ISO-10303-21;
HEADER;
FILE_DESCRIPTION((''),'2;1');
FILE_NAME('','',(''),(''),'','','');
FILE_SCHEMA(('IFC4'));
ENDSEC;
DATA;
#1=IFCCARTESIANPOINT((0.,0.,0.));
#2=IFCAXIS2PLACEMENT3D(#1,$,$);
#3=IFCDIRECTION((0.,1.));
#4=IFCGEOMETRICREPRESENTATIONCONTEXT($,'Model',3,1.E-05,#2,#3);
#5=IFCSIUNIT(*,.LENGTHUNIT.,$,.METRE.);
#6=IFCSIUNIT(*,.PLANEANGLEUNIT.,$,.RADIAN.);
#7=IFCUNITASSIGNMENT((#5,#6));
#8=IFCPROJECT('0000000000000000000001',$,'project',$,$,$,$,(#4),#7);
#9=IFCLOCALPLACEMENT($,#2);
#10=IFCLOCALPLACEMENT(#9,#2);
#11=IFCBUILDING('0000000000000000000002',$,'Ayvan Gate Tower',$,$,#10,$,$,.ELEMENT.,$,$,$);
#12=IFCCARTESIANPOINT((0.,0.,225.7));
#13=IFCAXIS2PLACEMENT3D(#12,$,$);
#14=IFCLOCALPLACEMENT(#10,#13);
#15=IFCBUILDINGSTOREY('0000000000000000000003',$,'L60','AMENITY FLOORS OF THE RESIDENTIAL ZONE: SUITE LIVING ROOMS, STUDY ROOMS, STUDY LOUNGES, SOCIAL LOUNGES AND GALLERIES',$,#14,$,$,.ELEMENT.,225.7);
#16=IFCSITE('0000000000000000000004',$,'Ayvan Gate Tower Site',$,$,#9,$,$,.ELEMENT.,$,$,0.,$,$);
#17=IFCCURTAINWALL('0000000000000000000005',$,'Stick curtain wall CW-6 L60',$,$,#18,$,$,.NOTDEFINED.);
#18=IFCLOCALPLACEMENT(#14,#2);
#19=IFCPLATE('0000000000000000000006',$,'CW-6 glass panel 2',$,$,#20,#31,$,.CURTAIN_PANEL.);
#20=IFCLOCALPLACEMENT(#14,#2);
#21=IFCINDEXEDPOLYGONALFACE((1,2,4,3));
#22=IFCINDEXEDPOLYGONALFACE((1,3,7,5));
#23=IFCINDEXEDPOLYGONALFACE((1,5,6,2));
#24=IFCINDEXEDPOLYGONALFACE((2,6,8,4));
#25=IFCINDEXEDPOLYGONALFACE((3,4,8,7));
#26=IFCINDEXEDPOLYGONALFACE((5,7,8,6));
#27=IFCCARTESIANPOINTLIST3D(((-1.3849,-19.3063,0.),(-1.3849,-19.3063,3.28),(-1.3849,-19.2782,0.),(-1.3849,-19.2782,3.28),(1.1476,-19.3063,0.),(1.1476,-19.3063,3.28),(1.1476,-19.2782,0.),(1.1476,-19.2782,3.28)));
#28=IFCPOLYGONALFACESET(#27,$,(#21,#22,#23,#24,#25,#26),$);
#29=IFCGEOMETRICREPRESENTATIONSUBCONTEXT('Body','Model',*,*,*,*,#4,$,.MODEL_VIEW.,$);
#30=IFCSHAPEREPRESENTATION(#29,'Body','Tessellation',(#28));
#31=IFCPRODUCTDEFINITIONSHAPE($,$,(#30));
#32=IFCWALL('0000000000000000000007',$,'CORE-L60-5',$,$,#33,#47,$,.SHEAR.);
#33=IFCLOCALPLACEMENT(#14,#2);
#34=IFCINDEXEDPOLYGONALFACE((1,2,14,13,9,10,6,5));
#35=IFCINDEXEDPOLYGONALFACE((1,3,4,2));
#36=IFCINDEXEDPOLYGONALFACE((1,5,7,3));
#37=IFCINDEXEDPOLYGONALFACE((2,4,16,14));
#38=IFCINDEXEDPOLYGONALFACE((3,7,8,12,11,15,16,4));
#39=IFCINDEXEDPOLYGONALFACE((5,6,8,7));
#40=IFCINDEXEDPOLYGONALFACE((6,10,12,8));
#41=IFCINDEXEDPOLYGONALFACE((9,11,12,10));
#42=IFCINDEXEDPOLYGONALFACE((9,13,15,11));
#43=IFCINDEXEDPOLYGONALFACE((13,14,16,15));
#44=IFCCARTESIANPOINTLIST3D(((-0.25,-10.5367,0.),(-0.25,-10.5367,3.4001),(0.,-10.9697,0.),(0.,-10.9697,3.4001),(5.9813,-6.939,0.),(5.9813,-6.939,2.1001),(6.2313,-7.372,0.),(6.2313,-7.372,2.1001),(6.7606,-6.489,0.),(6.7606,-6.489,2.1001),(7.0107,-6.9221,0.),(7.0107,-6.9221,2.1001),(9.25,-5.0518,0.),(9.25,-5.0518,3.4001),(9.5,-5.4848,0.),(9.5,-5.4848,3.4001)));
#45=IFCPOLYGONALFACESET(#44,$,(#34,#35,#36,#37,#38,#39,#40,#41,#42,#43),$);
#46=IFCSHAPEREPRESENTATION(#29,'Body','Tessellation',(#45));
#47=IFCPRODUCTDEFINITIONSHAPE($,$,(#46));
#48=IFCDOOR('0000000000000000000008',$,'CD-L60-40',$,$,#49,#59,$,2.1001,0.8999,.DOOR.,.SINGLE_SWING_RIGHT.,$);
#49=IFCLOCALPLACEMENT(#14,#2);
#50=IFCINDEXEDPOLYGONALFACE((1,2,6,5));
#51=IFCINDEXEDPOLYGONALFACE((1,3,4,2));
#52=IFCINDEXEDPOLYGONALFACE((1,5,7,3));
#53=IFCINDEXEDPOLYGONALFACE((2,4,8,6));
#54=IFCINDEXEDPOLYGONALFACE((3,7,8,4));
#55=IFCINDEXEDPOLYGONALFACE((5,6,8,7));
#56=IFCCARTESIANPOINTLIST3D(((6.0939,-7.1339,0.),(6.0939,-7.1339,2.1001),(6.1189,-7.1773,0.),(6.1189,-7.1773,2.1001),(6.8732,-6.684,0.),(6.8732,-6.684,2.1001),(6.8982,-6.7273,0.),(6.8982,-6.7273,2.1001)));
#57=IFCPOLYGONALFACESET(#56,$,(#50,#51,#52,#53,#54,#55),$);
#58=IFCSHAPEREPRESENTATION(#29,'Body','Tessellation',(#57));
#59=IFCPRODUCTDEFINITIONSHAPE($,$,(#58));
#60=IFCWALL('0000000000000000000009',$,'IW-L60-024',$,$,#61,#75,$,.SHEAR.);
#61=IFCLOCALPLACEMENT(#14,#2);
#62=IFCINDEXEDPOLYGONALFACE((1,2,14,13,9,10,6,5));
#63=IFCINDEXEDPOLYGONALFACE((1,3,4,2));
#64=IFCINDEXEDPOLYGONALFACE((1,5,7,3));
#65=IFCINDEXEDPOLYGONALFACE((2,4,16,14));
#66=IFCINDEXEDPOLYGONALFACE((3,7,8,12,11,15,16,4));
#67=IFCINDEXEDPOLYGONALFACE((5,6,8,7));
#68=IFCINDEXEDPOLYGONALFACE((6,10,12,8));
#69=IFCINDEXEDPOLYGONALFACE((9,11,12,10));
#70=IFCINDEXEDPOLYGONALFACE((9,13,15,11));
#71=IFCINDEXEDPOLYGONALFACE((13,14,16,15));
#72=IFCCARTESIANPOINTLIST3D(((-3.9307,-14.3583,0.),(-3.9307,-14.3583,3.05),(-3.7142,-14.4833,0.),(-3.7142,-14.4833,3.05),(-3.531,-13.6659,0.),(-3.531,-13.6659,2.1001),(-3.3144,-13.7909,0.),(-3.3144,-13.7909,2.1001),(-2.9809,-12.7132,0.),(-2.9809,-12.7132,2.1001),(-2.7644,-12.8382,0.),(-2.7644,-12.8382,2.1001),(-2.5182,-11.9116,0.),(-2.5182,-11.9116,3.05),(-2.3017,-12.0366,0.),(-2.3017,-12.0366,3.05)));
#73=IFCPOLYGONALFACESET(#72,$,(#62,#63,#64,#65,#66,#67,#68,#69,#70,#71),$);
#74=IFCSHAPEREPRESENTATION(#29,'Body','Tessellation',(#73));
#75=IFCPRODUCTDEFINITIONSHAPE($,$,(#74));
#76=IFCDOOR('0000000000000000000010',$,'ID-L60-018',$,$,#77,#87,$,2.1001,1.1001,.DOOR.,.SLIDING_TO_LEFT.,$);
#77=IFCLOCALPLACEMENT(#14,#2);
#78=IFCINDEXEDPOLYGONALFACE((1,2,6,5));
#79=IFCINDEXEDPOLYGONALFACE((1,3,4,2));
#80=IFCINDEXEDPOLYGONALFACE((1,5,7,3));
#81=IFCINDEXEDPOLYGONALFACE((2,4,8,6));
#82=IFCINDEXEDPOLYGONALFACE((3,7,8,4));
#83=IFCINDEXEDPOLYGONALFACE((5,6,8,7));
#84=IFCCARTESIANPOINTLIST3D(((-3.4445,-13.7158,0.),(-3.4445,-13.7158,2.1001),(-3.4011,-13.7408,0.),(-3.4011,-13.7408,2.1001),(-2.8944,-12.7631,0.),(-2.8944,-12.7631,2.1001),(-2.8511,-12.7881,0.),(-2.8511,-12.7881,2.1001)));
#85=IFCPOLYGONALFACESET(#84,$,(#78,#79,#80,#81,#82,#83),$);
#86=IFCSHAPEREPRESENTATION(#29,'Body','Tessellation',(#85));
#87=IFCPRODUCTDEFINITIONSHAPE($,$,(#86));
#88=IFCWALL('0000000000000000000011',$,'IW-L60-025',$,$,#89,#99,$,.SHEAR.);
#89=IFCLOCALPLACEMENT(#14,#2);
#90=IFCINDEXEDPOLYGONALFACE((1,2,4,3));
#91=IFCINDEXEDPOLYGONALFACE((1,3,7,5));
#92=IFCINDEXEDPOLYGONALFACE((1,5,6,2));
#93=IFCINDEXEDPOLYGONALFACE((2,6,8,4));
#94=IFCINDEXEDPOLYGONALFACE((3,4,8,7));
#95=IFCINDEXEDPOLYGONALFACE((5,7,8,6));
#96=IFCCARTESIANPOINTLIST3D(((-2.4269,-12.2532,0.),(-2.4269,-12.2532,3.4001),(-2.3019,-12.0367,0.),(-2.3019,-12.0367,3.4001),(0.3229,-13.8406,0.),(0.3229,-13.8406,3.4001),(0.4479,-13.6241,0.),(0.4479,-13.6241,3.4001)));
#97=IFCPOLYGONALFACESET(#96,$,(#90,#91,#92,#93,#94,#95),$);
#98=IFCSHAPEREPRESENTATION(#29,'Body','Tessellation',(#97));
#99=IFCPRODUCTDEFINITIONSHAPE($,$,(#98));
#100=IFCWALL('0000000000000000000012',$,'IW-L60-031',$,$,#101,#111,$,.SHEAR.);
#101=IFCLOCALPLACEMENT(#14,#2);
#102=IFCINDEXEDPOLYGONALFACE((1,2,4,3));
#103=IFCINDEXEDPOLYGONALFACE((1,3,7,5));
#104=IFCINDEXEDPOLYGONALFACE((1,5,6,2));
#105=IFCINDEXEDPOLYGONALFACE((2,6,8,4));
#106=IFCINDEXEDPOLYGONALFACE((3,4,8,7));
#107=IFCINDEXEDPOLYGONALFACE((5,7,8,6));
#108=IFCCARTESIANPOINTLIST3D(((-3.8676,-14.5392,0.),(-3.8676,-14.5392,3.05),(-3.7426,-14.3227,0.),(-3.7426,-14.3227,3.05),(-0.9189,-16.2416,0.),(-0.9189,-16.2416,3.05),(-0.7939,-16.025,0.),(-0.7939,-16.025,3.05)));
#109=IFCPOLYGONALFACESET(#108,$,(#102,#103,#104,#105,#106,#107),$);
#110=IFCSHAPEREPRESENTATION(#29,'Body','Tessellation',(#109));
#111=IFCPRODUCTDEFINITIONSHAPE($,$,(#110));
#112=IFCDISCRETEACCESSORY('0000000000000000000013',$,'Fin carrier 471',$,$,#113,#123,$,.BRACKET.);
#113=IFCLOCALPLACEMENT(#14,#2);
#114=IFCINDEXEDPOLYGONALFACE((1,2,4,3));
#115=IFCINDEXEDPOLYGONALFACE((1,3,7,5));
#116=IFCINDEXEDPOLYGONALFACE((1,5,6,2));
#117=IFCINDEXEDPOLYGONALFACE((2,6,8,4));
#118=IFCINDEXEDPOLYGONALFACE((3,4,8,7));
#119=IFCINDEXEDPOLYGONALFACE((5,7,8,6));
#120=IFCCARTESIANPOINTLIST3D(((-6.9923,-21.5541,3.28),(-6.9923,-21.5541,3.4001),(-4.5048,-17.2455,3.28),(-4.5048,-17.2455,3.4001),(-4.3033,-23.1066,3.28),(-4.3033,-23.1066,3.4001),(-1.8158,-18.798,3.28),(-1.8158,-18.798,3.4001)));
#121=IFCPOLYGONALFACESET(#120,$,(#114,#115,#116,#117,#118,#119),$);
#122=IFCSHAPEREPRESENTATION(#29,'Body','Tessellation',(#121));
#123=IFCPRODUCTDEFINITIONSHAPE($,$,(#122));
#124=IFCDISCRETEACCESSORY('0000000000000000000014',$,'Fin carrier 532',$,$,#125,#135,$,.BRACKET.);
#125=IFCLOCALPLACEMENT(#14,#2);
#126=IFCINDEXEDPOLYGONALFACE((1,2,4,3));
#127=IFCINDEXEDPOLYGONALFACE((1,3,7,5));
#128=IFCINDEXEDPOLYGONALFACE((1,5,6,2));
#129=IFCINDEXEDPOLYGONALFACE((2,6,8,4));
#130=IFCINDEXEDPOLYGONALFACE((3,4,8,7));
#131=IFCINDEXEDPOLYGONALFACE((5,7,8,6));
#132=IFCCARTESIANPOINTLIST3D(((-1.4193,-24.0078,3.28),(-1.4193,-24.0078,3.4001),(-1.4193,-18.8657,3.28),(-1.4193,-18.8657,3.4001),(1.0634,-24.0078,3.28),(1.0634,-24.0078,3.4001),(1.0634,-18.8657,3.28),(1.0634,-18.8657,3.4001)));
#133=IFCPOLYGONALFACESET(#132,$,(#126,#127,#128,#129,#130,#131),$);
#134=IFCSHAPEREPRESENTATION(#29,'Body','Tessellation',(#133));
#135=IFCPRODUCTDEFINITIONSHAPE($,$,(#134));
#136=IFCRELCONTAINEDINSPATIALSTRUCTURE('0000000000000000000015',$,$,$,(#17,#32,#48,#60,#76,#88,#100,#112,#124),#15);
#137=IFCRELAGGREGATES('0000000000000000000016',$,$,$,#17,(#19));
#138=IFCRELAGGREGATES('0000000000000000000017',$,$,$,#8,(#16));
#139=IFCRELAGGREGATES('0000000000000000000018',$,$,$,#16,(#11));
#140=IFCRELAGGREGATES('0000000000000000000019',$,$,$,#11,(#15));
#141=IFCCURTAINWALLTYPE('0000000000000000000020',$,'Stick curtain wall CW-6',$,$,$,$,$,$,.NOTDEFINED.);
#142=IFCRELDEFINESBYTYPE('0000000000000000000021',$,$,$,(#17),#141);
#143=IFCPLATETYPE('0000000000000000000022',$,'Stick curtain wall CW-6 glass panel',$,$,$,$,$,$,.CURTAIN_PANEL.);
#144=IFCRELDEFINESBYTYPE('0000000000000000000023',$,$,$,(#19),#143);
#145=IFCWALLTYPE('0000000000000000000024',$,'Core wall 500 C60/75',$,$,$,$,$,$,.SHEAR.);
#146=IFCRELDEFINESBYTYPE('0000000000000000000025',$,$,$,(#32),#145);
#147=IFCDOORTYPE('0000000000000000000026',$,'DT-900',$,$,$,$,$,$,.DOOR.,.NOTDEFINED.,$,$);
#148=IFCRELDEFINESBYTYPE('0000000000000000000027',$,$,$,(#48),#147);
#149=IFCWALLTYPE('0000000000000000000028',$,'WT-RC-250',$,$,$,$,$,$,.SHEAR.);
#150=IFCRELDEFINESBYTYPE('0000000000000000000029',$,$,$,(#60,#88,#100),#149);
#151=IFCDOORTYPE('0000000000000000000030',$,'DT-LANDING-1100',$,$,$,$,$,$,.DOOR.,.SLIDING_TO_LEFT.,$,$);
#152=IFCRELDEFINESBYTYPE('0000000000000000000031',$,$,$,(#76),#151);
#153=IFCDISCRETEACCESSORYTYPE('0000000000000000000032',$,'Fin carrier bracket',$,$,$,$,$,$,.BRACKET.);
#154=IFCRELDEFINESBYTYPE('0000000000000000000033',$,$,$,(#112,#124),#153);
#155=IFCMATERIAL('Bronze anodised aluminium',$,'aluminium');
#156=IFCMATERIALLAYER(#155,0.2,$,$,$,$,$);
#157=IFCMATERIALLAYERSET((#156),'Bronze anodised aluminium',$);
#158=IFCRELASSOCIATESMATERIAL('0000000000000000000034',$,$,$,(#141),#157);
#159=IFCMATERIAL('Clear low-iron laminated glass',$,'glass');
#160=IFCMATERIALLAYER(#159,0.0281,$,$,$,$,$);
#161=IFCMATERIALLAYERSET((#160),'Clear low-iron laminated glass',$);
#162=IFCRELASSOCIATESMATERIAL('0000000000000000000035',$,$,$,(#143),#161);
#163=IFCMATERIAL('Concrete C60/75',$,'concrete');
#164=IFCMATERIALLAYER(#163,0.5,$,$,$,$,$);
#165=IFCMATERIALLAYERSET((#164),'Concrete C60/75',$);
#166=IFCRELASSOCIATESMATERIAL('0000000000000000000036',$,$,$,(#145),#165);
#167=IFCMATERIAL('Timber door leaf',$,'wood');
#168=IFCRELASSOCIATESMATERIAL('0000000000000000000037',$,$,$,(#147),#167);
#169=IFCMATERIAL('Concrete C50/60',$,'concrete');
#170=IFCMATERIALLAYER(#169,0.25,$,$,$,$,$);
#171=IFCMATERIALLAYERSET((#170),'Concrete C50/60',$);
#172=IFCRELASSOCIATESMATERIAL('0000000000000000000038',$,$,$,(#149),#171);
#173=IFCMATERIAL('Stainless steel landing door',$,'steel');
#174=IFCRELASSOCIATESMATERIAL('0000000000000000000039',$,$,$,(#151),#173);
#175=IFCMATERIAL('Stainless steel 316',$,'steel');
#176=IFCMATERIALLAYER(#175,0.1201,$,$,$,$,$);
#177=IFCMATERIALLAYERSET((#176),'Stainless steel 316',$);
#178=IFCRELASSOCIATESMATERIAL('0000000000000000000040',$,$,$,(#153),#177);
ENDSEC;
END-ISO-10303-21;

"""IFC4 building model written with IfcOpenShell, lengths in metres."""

from ifc_helpers import new_model, si_unit, direction, frame, frame_2d, origin, origin_2d, place, context, subcontext, project, spatial, rectangle, extrude, material, layer, layer_set, type_object, element, fill, aggregate, save


model = new_model("IFC4")

# Units and contexts
model_context = context("Model", 3, precision=1e-05, world=origin(), true_north=direction((0.0, 1.0)))
body_context = subcontext(model_context, "Body", "Model", "MODEL_VIEW")
ifc_project = project(units=[si_unit("LENGTHUNIT", "METRE"), si_unit("PLANEANGLEUNIT", "RADIAN")], contexts=[model_context])

# Site, building, storey
site_placement = place(None, origin())
site = spatial("IfcSite", under=ifc_project, at=site_placement, Name="Ayvan Gate Tower Site", CompositionType="ELEMENT", RefElevation=0.0)
building_placement = place(site_placement, origin())
building = spatial("IfcBuilding", under=site, at=building_placement, Name="Ayvan Gate Tower", CompositionType="ELEMENT")
storey_placement = place(building_placement, frame((0.0, 0.0, 225.7)))
storey = spatial("IfcBuildingStorey", under=building, at=storey_placement, Name="L60", Description="AMENITY FLOORS OF THE RESIDENTIAL ZONE: SUITE LIVING ROOMS, STUDY ROOMS, STUDY LOUNGES, SOCIAL LOUNGES AND GALLERIES", CompositionType="ELEMENT", Elevation=225.7)

# Shared definitions
ifc_material_1 = material(Name="Concrete C50/60", Category="concrete")

# Curtain wall
ifc_material_2 = material(Name="Bronze anodised aluminium", Category="aluminium")
ifc_layer_1 = layer(ifc_material_2, 0.2)
ifc_layer_set_1 = layer_set([ifc_layer_1], Name="Bronze anodised aluminium")
curtain_wall_type_1 = type_object("IfcCurtainWallType", Name="Stick curtain wall CW-6", PredefinedType="NOTDEFINED", material=ifc_layer_set_1)
curtain_wall_1_placement = place(storey_placement, origin())
curtain_wall_1 = element("IfcCurtainWall", 1, at=curtain_wall_1_placement, inside=storey, type_object=curtain_wall_type_1, Name="Stick curtain wall CW-6 L60", PredefinedType="NOTDEFINED")

# Plate
ifc_material_3 = material(Name="Clear low-iron laminated glass", Category="glass")
ifc_layer_2 = layer(ifc_material_3, 0.0281)
ifc_layer_set_2 = layer_set([ifc_layer_2], Name="Clear low-iron laminated glass")
plate_type_1 = type_object("IfcPlateType", Name="Stick curtain wall CW-6 glass panel", PredefinedType="CURTAIN_PANEL", material=ifc_layer_set_2)
plate_1_placement = place(storey_placement, frame((-0.1187, -19.2922, 0.0), z_axis=(0.0, 0.0, 1.0), x_axis=(1.0, 0.0, 0.0)))
plate_1 = element("IfcPlate", 2, at=plate_1_placement, type_object=plate_type_1, Name="CW-6 glass panel 2", PredefinedType="CURTAIN_PANEL", context=body_context, shape_type="SweptSolid", body=[
    extrude(rectangle(XDim=2.5325, YDim=0.0281, at=origin_2d()), origin(), (0.0, 0.0, 1.0), 3.28),
])
aggregate(curtain_wall_1, [plate_1])

# Walls, openings, doors
ifc_material_4 = material(Name="Concrete C60/75", Category="concrete")
ifc_layer_3 = layer(ifc_material_4, 0.5)
ifc_layer_set_3 = layer_set([ifc_layer_3], Name="Concrete C60/75")
wall_type_1 = type_object("IfcWallType", Name="Core wall 500 C60/75", PredefinedType="SHEAR", material=ifc_layer_set_3)
wall_1_placement = place(storey_placement, frame((-0.125, -10.7532, 0.0), z_axis=(0.0, 0.0, 1.0), x_axis=(0.866024, 0.500002, 0.0)))
wall_1 = element("IfcWall", 3, at=wall_1_placement, inside=storey, type_object=wall_type_1, Name="CORE-L60-5", PredefinedType="SHEAR", context=body_context, shape_type="SweptSolid", body=[
    extrude(rectangle(XDim=10.9697, YDim=0.5, at=frame_2d((5.4849, 0.0))), origin(), (0.0, 0.0, 1.0), 3.4001),
])
opening_1_placement = place(wall_1_placement, frame((7.1953, 0.0, 0.0)))
opening_1 = element("IfcOpeningElement", 4, at=opening_1_placement, cuts=wall_1, PredefinedType="OPENING", context=body_context, shape_type="SweptSolid", body=[
    extrude(rectangle(XDim=0.8999, YDim=2.1001, at=frame_2d((0.45, 1.05))), frame((0.0, 0.26, 0.0), z_axis=(0.0, -1.0, 0.0), x_axis=(1.0, 0.0, 0.0)), (0.0, 0.0, 1.0), 0.52),
])
ifc_material_5 = material(Name="Timber door leaf", Category="wood")
door_type_1 = type_object("IfcDoorType", Name="DT-900", OperationType="NOTDEFINED", PredefinedType="DOOR", material=ifc_material_5)
door_1_placement = place(opening_1_placement, origin())
door_1 = element("IfcDoor", 5, at=door_1_placement, inside=storey, type_object=door_type_1, Name="CD-L60-40", OperationType="SINGLE_SWING_RIGHT", OverallHeight=2.1001, OverallWidth=0.8999, PredefinedType="DOOR", context=body_context, shape_type="SweptSolid", body=[
    extrude(rectangle(XDim=0.8999, YDim=2.1001, at=frame_2d((0.45, 1.05))), frame((0.0, 0.0249, 0.0), z_axis=(0.0, -1.0, 0.0), x_axis=(1.0, 0.0, 0.0)), (0.0, 0.0, 1.0), 0.05),
])
fill(opening_1, door_1)
ifc_layer_4 = layer(ifc_material_1, 0.25)
ifc_layer_set_4 = layer_set([ifc_layer_4], Name="Concrete C50/60")
wall_type_2 = type_object("IfcWallType", Name="WT-RC-250", PredefinedType="SHEAR", material=ifc_layer_set_4)
wall_2_placement = place(storey_placement, frame((-2.4099, -11.9741, 0.0), z_axis=(0.0, 0.0, 1.0), x_axis=(-0.499987, -0.866033, 0.0)))
wall_2 = element("IfcWall", 6, at=wall_2_placement, inside=storey, type_object=wall_type_2, Name="IW-L60-024", PredefinedType="SHEAR", context=body_context, shape_type="SweptSolid", body=[
    extrude(rectangle(XDim=2.8252, YDim=0.25, at=frame_2d((1.4126, 0.0))), origin(), (0.0, 0.0, 1.0), 3.05),
])
opening_2_placement = place(wall_2_placement, frame((0.9255, 0.0, 0.0)))
opening_2 = element("IfcOpeningElement", 7, at=opening_2_placement, cuts=wall_2, PredefinedType="OPENING", context=body_context, shape_type="SweptSolid", body=[
    extrude(rectangle(XDim=1.1001, YDim=2.1001, at=frame_2d((0.55, 1.05))), frame((0.0, 0.135, 0.0), z_axis=(0.0, -1.0, 0.0), x_axis=(1.0, 0.0, 0.0)), (0.0, 0.0, 1.0), 0.27),
])
ifc_material_6 = material(Name="Stainless steel landing door", Category="steel")
door_type_2 = type_object("IfcDoorType", Name="DT-LANDING-1100", OperationType="SLIDING_TO_LEFT", PredefinedType="DOOR", material=ifc_material_6)
door_2_placement = place(opening_2_placement, origin())
door_2 = element("IfcDoor", 8, at=door_2_placement, inside=storey, type_object=door_type_2, Name="ID-L60-018", OperationType="SLIDING_TO_LEFT", OverallHeight=2.1001, OverallWidth=1.1001, PredefinedType="DOOR", context=body_context, shape_type="SweptSolid", body=[
    extrude(rectangle(XDim=1.1001, YDim=2.1001, at=frame_2d((0.55, 1.05))), frame((0.0, 0.0249, 0.0), z_axis=(0.0, -1.0, 0.0), x_axis=(1.0, 0.0, 0.0)), (0.0, 0.0, 1.0), 0.05),
])
fill(opening_2, door_2)

# Walls
wall_3_placement = place(storey_placement, frame((-2.3643, -12.145, 0.0), z_axis=(0.0, 0.0, 1.0), x_axis=(0.866049, -0.49996, 0.0)))
element("IfcWall", 9, at=wall_3_placement, inside=storey, type_object=wall_type_2, Name="IW-L60-025", PredefinedType="SHEAR", context=body_context, shape_type="SweptSolid", body=[
    extrude(rectangle(XDim=3.175, YDim=0.25, at=frame_2d((1.5874, 0.0))), origin(), (0.0, 0.0, 1.0), 3.4001),
])
wall_4_placement = place(storey_placement, frame((-0.8564, -16.1333, 0.0), z_axis=(0.0, 0.0, 1.0), x_axis=(-0.866033, 0.499987, 0.0)))
element("IfcWall", 10, at=wall_4_placement, inside=storey, type_object=wall_type_2, Name="IW-L60-031", PredefinedType="SHEAR", context=body_context, shape_type="SweptSolid", body=[
    extrude(rectangle(XDim=3.4048, YDim=0.25, at=frame_2d((1.7024, 0.0))), origin(), (0.0, 0.0, 1.0), 3.05),
])

# Discrete accessories
ifc_material_7 = material(Name="Stainless steel 316", Category="steel")
ifc_layer_5 = layer(ifc_material_7, 0.1201)
ifc_layer_set_5 = layer_set([ifc_layer_5], Name="Stainless steel 316")
discrete_accessory_type = type_object("IfcDiscreteAccessoryType", Name="Fin carrier bracket", PredefinedType="BRACKET", material=ifc_layer_set_5)
discrete_accessory_1_placement = place(storey_placement, frame((-4.4041, -20.176, 3.28), z_axis=(0.0, 0.0, 1.0), x_axis=(0.866025, -0.5, 0.0)))
element("IfcDiscreteAccessory", 11, at=discrete_accessory_1_placement, inside=storey, type_object=discrete_accessory_type, Name="Fin carrier 471", PredefinedType="BRACKET", context=body_context, shape_type="SweptSolid", body=[
    extrude(rectangle(XDim=3.105, YDim=4.9751, at=origin_2d()), origin(), (0.0, 0.0, 1.0), 0.1201),
])
discrete_accessory_2_placement = place(storey_placement, frame((-0.178, -21.4368, 3.28), z_axis=(0.0, 0.0, 1.0), x_axis=(1.0, 0.0, 0.0)))
element("IfcDiscreteAccessory", 12, at=discrete_accessory_2_placement, inside=storey, type_object=discrete_accessory_type, Name="Fin carrier 532", PredefinedType="BRACKET", context=body_context, shape_type="SweptSolid", body=[
    extrude(rectangle(XDim=2.4827, YDim=5.1421, at=origin_2d()), origin(), (0.0, 0.0, 1.0), 0.1201),
])

save(model, "model.ifc")
